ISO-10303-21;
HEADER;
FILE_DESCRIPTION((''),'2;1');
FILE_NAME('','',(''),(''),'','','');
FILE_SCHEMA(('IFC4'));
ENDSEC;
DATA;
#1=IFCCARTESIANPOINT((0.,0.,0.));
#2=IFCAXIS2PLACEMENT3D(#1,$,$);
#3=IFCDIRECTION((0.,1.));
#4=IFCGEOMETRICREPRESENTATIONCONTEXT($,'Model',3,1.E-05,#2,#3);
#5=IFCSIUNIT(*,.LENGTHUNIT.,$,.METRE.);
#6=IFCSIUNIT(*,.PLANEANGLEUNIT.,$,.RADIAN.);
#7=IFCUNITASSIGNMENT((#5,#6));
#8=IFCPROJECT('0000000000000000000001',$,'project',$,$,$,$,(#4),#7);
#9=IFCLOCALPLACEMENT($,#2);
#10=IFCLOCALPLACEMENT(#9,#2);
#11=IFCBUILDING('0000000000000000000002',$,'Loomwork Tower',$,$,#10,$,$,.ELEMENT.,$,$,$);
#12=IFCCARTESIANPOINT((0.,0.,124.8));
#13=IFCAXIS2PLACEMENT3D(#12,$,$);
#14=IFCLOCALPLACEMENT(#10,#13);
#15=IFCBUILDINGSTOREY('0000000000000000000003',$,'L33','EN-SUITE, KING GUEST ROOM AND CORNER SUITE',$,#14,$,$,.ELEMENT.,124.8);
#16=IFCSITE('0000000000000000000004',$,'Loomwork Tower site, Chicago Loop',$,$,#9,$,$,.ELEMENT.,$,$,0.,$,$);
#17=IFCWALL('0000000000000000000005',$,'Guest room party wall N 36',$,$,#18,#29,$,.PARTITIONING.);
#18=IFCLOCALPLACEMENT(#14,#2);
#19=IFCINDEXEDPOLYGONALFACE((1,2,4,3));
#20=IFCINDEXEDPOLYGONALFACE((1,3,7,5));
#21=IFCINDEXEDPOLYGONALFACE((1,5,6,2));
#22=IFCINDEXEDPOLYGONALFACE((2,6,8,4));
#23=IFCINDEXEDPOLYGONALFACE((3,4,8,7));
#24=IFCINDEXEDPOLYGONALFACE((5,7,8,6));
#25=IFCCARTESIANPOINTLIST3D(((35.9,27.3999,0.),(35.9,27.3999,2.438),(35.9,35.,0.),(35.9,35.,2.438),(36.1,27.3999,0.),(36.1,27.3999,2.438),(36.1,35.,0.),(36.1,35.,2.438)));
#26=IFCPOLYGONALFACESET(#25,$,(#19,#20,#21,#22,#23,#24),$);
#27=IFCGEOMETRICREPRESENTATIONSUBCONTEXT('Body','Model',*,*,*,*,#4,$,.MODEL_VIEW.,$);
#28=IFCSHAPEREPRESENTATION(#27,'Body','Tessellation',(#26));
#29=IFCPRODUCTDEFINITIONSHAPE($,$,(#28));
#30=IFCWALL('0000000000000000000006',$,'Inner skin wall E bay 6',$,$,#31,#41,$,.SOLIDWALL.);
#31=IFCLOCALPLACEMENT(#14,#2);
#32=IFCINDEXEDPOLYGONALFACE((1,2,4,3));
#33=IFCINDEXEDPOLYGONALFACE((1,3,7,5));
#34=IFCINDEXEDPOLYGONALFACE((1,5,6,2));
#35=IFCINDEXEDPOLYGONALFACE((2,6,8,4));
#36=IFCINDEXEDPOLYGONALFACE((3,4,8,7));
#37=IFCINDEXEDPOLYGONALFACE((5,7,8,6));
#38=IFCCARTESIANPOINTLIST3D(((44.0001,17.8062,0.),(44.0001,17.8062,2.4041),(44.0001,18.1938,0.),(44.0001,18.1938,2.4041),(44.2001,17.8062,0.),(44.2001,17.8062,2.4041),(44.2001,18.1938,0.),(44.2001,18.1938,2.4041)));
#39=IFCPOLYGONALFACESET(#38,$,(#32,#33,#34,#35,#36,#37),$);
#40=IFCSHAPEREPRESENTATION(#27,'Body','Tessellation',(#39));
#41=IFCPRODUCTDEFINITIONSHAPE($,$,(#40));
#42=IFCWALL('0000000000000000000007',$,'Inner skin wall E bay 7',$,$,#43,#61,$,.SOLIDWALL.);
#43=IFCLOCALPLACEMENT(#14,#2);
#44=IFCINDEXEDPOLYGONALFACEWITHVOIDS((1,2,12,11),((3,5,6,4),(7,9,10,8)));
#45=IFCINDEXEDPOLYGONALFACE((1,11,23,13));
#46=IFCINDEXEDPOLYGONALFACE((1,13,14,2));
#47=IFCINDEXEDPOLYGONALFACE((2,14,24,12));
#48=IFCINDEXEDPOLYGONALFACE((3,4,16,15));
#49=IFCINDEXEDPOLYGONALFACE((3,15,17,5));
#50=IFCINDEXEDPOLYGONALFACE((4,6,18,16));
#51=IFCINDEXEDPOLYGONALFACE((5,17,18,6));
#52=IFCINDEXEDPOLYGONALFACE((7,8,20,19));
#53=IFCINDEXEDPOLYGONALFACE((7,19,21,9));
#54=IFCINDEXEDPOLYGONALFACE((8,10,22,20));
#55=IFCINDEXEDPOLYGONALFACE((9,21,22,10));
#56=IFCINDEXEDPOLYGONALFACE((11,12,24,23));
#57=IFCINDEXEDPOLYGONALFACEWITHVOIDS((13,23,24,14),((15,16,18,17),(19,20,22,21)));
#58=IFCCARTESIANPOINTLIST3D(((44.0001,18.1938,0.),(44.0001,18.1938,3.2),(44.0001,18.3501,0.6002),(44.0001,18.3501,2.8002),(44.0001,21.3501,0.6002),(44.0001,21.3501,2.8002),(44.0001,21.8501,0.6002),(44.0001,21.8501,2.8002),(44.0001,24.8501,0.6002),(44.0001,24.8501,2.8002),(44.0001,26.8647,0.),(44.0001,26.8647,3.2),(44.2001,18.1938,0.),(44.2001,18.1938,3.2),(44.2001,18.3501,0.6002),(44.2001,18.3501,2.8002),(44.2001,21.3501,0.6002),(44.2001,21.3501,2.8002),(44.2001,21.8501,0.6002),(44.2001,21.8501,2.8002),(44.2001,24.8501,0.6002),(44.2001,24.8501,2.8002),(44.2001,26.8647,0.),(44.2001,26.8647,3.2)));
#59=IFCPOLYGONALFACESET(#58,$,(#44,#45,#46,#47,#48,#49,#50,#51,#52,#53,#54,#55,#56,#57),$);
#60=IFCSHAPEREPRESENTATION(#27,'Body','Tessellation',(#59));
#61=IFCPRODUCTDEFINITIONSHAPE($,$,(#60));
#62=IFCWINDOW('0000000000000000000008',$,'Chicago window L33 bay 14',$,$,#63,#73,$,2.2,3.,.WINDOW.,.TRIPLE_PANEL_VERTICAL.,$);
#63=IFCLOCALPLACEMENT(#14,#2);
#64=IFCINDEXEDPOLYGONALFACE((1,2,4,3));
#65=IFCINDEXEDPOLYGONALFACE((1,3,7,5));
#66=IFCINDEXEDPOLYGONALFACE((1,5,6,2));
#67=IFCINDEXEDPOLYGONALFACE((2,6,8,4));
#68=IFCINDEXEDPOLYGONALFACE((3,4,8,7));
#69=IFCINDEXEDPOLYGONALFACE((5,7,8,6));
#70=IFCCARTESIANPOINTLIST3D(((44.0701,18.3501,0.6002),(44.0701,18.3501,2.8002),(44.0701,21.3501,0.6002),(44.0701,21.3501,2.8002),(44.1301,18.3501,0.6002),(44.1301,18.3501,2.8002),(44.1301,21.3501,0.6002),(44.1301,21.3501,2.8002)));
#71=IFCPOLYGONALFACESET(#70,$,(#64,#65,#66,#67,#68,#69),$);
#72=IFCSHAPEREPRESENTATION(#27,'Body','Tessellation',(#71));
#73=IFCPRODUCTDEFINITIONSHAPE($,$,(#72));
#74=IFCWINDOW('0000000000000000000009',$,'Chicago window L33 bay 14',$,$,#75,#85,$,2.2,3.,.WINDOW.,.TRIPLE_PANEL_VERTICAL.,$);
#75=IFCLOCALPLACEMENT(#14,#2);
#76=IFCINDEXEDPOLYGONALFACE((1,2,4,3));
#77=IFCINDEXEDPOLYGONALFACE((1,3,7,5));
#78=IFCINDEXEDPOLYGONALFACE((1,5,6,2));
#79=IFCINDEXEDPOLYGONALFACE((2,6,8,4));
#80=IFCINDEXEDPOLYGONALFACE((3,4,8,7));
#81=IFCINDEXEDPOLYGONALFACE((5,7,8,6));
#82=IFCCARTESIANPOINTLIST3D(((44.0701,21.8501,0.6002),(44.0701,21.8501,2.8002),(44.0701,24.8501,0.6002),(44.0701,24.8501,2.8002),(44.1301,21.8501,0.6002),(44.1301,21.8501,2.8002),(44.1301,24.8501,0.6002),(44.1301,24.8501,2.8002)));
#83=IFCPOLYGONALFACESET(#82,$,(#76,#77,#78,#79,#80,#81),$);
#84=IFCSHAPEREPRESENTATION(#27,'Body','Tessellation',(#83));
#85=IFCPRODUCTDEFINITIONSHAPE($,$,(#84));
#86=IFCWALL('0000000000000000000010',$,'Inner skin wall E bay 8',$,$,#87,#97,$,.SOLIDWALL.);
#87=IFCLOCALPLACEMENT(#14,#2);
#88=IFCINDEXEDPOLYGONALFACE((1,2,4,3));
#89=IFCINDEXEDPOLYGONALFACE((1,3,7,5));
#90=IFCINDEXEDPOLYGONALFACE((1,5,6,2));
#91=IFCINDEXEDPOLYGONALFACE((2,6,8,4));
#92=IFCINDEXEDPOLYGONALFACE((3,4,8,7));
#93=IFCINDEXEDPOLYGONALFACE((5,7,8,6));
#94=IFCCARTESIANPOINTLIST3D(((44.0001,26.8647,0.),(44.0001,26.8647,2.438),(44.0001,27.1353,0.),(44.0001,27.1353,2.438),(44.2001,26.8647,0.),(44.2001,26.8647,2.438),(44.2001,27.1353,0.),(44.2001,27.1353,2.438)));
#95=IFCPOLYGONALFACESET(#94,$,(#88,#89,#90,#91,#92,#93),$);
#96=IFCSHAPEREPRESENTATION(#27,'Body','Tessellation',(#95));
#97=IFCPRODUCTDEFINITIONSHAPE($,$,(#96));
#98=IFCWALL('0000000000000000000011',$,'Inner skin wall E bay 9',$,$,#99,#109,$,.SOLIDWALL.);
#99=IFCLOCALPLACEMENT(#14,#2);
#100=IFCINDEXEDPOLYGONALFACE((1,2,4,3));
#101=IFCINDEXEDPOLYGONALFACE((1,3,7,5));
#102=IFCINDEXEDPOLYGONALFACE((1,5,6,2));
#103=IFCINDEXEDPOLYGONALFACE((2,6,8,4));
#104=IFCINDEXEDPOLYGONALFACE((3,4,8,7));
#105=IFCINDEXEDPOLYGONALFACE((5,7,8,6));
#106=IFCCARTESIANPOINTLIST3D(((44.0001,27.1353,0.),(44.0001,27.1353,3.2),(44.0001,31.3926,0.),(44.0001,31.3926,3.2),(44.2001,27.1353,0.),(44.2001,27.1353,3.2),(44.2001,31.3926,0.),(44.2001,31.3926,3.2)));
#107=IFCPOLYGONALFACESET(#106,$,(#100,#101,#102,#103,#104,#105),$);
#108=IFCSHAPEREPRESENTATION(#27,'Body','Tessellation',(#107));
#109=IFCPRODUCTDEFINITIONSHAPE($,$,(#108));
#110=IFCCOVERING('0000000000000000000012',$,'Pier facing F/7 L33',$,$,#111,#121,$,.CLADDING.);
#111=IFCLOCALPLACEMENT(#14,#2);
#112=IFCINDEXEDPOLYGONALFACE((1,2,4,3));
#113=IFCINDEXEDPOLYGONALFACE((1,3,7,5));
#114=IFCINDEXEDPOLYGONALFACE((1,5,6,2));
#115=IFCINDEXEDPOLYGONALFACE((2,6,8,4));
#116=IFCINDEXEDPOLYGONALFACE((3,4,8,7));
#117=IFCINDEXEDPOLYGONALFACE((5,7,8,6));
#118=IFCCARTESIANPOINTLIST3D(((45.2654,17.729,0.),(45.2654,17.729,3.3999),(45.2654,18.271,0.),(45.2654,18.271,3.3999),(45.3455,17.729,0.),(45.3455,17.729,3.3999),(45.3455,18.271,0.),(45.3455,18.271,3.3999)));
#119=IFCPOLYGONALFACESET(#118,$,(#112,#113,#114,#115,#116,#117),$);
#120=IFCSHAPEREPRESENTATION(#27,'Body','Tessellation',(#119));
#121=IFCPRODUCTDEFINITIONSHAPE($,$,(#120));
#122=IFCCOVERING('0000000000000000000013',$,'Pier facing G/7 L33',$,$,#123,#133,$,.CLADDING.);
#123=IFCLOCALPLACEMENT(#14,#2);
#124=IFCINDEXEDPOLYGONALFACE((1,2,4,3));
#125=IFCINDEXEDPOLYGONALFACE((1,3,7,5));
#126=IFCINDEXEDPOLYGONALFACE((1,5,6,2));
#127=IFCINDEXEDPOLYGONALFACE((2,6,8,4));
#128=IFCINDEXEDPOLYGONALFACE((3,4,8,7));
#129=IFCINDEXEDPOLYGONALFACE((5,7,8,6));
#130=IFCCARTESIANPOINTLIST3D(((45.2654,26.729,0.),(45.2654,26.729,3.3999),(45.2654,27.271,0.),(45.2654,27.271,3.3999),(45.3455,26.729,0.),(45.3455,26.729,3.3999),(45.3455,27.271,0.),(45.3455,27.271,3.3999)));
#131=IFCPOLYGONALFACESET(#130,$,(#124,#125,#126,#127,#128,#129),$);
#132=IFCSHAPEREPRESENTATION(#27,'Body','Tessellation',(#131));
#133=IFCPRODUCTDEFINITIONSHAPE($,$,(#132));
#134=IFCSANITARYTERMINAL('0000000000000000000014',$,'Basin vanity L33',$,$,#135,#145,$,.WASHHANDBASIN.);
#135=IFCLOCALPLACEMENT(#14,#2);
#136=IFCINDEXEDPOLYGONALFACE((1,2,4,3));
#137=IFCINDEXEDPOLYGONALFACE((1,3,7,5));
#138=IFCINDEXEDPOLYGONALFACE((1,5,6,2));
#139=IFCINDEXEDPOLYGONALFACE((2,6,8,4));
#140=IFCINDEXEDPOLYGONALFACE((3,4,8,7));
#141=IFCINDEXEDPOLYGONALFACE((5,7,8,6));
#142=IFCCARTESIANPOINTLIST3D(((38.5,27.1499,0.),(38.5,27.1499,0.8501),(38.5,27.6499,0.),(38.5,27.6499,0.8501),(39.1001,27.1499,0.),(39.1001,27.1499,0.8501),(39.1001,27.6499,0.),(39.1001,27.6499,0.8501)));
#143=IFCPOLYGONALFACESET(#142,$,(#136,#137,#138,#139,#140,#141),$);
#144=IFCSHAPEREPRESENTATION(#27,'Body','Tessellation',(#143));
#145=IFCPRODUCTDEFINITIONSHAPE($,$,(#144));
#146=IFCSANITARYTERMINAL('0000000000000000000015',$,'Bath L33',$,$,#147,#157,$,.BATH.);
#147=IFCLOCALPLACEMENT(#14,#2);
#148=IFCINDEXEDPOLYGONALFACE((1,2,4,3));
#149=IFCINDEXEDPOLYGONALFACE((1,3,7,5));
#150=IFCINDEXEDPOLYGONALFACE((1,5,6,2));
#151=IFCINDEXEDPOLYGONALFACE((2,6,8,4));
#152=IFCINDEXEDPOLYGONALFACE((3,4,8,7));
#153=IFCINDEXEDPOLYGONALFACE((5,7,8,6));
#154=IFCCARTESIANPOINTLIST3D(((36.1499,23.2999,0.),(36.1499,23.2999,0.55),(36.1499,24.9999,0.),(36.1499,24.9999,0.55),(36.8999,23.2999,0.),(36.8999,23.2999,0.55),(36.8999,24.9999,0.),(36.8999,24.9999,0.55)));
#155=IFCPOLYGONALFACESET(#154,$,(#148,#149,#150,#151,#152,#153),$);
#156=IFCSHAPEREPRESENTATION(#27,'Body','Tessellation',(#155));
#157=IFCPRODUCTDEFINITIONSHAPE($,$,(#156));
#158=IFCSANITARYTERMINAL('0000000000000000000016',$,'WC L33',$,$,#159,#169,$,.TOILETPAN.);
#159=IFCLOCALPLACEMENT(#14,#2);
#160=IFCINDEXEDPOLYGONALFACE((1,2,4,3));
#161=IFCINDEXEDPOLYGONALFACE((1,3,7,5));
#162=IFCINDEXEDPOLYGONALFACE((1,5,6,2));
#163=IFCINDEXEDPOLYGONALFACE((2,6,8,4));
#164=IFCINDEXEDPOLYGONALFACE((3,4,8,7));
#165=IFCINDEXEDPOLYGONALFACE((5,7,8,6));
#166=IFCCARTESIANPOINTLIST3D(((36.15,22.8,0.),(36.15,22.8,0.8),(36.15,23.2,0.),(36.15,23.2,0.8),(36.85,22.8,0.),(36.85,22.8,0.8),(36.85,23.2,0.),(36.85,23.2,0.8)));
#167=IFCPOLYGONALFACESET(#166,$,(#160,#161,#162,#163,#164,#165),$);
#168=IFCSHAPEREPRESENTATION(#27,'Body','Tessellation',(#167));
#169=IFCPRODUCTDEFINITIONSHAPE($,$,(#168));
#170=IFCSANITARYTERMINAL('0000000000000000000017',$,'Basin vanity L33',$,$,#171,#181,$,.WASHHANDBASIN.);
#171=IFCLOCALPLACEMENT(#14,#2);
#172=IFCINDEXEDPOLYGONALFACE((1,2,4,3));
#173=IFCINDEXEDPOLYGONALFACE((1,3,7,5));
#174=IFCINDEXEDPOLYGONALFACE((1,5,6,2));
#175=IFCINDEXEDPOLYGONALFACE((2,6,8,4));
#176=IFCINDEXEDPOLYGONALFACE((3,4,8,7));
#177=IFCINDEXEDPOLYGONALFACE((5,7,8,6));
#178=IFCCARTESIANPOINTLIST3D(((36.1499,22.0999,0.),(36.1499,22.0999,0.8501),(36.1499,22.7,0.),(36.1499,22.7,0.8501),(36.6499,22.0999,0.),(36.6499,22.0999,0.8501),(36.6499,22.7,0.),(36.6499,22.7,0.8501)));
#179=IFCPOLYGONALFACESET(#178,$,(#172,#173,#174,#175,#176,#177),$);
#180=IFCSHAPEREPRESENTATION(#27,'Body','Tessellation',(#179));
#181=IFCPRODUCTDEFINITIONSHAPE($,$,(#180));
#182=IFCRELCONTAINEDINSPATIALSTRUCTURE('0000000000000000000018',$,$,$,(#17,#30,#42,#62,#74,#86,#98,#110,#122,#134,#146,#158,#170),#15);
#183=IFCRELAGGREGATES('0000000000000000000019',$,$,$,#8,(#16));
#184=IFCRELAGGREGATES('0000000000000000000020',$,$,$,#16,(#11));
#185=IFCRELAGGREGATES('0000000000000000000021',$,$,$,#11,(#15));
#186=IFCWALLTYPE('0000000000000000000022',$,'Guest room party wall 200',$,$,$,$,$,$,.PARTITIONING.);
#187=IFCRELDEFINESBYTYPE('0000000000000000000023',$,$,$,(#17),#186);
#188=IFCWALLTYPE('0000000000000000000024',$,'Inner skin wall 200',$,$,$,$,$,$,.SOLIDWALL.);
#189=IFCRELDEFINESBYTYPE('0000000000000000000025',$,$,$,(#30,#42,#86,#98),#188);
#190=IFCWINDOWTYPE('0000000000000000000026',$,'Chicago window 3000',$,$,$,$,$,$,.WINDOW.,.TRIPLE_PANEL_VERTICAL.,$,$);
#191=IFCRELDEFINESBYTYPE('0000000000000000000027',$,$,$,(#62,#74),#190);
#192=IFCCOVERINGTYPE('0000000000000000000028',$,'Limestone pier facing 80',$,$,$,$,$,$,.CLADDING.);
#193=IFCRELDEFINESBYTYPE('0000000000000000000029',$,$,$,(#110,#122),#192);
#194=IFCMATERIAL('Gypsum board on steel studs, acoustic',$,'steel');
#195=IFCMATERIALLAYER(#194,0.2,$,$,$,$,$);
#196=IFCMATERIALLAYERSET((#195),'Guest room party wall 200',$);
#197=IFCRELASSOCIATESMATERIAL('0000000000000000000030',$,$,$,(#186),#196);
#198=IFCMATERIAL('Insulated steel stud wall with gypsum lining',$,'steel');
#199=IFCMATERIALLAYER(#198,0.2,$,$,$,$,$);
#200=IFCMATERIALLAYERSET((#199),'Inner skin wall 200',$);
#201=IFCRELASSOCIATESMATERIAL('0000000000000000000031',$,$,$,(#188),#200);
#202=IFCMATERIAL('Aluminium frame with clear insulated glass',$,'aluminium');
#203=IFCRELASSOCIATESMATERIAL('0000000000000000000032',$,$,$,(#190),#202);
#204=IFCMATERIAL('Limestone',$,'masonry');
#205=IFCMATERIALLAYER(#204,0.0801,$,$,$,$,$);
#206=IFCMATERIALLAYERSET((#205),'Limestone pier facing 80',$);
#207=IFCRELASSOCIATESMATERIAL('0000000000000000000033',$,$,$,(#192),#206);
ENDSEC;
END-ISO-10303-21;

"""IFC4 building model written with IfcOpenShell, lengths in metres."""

from ifc_helpers import new_model, si_unit, direction, frame, frame_2d, origin, origin_2d, place, context, subcontext, project, spatial, rectangle, extrude, material, layer, layer_set, type_object, element, fill, save


model = new_model("IFC4")

# Units and contexts
model_context = context("Model", 3, precision=1e-05, world=origin(), true_north=direction((0.0, 1.0)))
body_context = subcontext(model_context, "Body", "Model", "MODEL_VIEW")
ifc_project = project(units=[si_unit("LENGTHUNIT", "METRE"), si_unit("PLANEANGLEUNIT", "RADIAN")], contexts=[model_context])

# Site, building, storey
site_placement = place(None, origin())
site = spatial("IfcSite", under=ifc_project, at=site_placement, Name="Loomwork Tower site, Chicago Loop", CompositionType="ELEMENT", RefElevation=0.0)
building_placement = place(site_placement, origin())
building = spatial("IfcBuilding", under=site, at=building_placement, Name="Loomwork Tower", CompositionType="ELEMENT")
storey_placement = place(building_placement, frame((0.0, 0.0, 124.8)))
storey = spatial("IfcBuildingStorey", under=building, at=storey_placement, Name="L33", Description="EN-SUITE, KING GUEST ROOM AND CORNER SUITE", CompositionType="ELEMENT", Elevation=124.8)

# Walls
ifc_material_1 = material(Name="Gypsum board on steel studs, acoustic", Category="steel")
ifc_layer_1 = layer(ifc_material_1, 0.2)
ifc_layer_set_1 = layer_set([ifc_layer_1], Name="Guest room party wall 200")
wall_type_1 = type_object("IfcWallType", Name="Guest room party wall 200", PredefinedType="PARTITIONING", material=ifc_layer_set_1)
wall_1_placement = place(storey_placement, frame((36.0, 27.3999, 0.0), z_axis=(0.0, 0.0, 1.0), x_axis=(0.0, 1.0, 0.0)))
element("IfcWall", 1, at=wall_1_placement, inside=storey, type_object=wall_type_1, Name="Guest room party wall N 36", PredefinedType="PARTITIONING", context=body_context, shape_type="SweptSolid", body=[
    extrude(rectangle(XDim=7.6001, YDim=0.2, at=frame_2d((3.8, 0.0))), origin(), (0.0, 0.0, 1.0), 2.438),
])
ifc_material_2 = material(Name="Insulated steel stud wall with gypsum lining", Category="steel")
ifc_layer_2 = layer(ifc_material_2, 0.2)
ifc_layer_set_2 = layer_set([ifc_layer_2], Name="Inner skin wall 200")
wall_type_2 = type_object("IfcWallType", Name="Inner skin wall 200", PredefinedType="SOLIDWALL", material=ifc_layer_set_2)
wall_2_placement = place(storey_placement, frame((44.1001, 17.8062, 0.0), z_axis=(0.0, 0.0, 1.0), x_axis=(0.0, 1.0, 0.0)))
element("IfcWall", 2, at=wall_2_placement, inside=storey, type_object=wall_type_2, Name="Inner skin wall E bay 6", PredefinedType="SOLIDWALL", context=body_context, shape_type="SweptSolid", body=[
    extrude(rectangle(XDim=0.3877, YDim=0.2, at=frame_2d((0.1938, 0.0))), origin(), (0.0, 0.0, 1.0), 2.4041),
])

# Wall, openings, windows
wall_3_placement = place(storey_placement, frame((44.1001, 18.1938, 0.0), z_axis=(0.0, 0.0, 1.0), x_axis=(0.0, 1.0, 0.0)))
wall_3 = element("IfcWall", 3, at=wall_3_placement, inside=storey, type_object=wall_type_2, Name="Inner skin wall E bay 7", PredefinedType="SOLIDWALL", context=body_context, shape_type="SweptSolid", body=[
    extrude(rectangle(XDim=8.6709, YDim=0.2, at=frame_2d((4.3354, 0.0))), origin(), (0.0, 0.0, 1.0), 3.2),
])
opening_1_placement = place(wall_3_placement, frame((0.1562, 0.0, 0.6001)))
opening_1 = element("IfcOpeningElement", 4, at=opening_1_placement, cuts=wall_3, PredefinedType="OPENING", context=body_context, shape_type="SweptSolid", body=[
    extrude(rectangle(XDim=3.0, YDim=2.2, at=frame_2d((1.5, 1.1001))), frame((0.0, 0.1099, 0.0), z_axis=(0.0, -1.0, 0.0), x_axis=(1.0, 0.0, 0.0)), (0.0, 0.0, 1.0), 0.22),
])
opening_2_placement = place(wall_3_placement, frame((3.6562, 0.0, 0.6001)))
opening_2 = element("IfcOpeningElement", 5, at=opening_2_placement, cuts=wall_3, PredefinedType="OPENING", context=body_context, shape_type="SweptSolid", body=[
    extrude(rectangle(XDim=3.0, YDim=2.2, at=frame_2d((1.5, 1.1001))), frame((0.0, 0.1099, 0.0), z_axis=(0.0, -1.0, 0.0), x_axis=(1.0, 0.0, 0.0)), (0.0, 0.0, 1.0), 0.22),
])
ifc_material_3 = material(Name="Aluminium frame with clear insulated glass", Category="aluminium")
window_type = type_object("IfcWindowType", Name="Chicago window 3000", PartitioningType="TRIPLE_PANEL_VERTICAL", PredefinedType="WINDOW", material=ifc_material_3)
window_1_placement = place(opening_1_placement, origin())
window_1 = element("IfcWindow", 6, at=window_1_placement, inside=storey, type_object=window_type, Name="Chicago window L33 bay 14", OverallHeight=2.2, OverallWidth=3.0, PartitioningType="TRIPLE_PANEL_VERTICAL", PredefinedType="WINDOW", context=body_context, shape_type="SweptSolid", body=[
    extrude(rectangle(XDim=3.0, YDim=2.2, at=frame_2d((1.5, 1.1001))), frame((0.0, 0.03, 0.0), z_axis=(0.0, -1.0, 0.0), x_axis=(1.0, 0.0, 0.0)), (0.0, 0.0, 1.0), 0.0601),
])
fill(opening_1, window_1)
window_2_placement = place(opening_2_placement, origin())
window_2 = element("IfcWindow", 7, at=window_2_placement, inside=storey, type_object=window_type, Name="Chicago window L33 bay 14", OverallHeight=2.2, OverallWidth=3.0, PartitioningType="TRIPLE_PANEL_VERTICAL", PredefinedType="WINDOW", context=body_context, shape_type="SweptSolid", body=[
    extrude(rectangle(XDim=3.0, YDim=2.2, at=frame_2d((1.5, 1.1001))), frame((0.0, 0.03, 0.0), z_axis=(0.0, -1.0, 0.0), x_axis=(1.0, 0.0, 0.0)), (0.0, 0.0, 1.0), 0.0601),
])
fill(opening_2, window_2)

# Walls
wall_4_placement = place(storey_placement, frame((44.1001, 26.8647, 0.0), z_axis=(0.0, 0.0, 1.0), x_axis=(0.0, 1.0, 0.0)))
element("IfcWall", 8, at=wall_4_placement, inside=storey, type_object=wall_type_2, Name="Inner skin wall E bay 8", PredefinedType="SOLIDWALL", context=body_context, shape_type="SweptSolid", body=[
    extrude(rectangle(XDim=0.2705, YDim=0.2, at=frame_2d((0.1353, 0.0))), origin(), (0.0, 0.0, 1.0), 2.438),
])
wall_5_placement = place(storey_placement, frame((44.1001, 27.1353, 0.0), z_axis=(0.0, 0.0, 1.0), x_axis=(0.0, 1.0, 0.0)))
element("IfcWall", 9, at=wall_5_placement, inside=storey, type_object=wall_type_2, Name="Inner skin wall E bay 9", PredefinedType="SOLIDWALL", context=body_context, shape_type="SweptSolid", body=[
    extrude(rectangle(XDim=4.2573, YDim=0.2, at=frame_2d((2.1287, 0.0))), origin(), (0.0, 0.0, 1.0), 3.2),
])

# Coverings
ifc_material_4 = material(Name="Limestone", Category="masonry")
ifc_layer_3 = layer(ifc_material_4, 0.0801)
ifc_layer_set_3 = layer_set([ifc_layer_3], Name="Limestone pier facing 80")
covering_type = type_object("IfcCoveringType", Name="Limestone pier facing 80", PredefinedType="CLADDING", material=ifc_layer_set_3)
for number, where, z_axis, x_axis, name in (
    (10, (45.3054, 18.0, 0.0), (0.0, 0.0, 1.0), (1.0, 0.0, 0.0), "Pier facing F/7 L33"),
    (11, (45.3054, 27.0, 0.0), (0.0, 0.0, 1.0), (1.0, 0.0, 0.0), "Pier facing G/7 L33"),
):
    element("IfcCovering", number, at=place(storey_placement, frame(where, z_axis=z_axis, x_axis=x_axis)), inside=storey, type_object=covering_type, Name=name, PredefinedType="CLADDING", context=body_context, shape_type="SweptSolid", body=[
        extrude(rectangle(XDim=0.0801, YDim=0.542, at=origin_2d()), origin(), (0.0, 0.0, 1.0), 3.3999),
    ])

# Sanitary terminals
sanitary_terminal_1_placement = place(storey_placement, frame((38.8, 27.3999, 0.0), z_axis=(0.0, 0.0, 1.0), x_axis=(1.0, 0.0, 0.0)))
element("IfcSanitaryTerminal", 12, at=sanitary_terminal_1_placement, inside=storey, Name="Basin vanity L33", PredefinedType="WASHHANDBASIN", context=body_context, shape_type="SweptSolid", body=[
    extrude(rectangle(XDim=0.6001, YDim=0.5, at=origin_2d()), origin(), (0.0, 0.0, 1.0), 0.8501),
])
sanitary_terminal_2_placement = place(storey_placement, frame((36.5249, 24.1499, 0.0), z_axis=(0.0, 0.0, 1.0), x_axis=(1.0, 0.0, 0.0)))
element("IfcSanitaryTerminal", 13, at=sanitary_terminal_2_placement, inside=storey, Name="Bath L33", PredefinedType="BATH", context=body_context, shape_type="SweptSolid", body=[
    extrude(rectangle(XDim=0.75, YDim=1.7, at=origin_2d()), origin(), (0.0, 0.0, 1.0), 0.55),
])
sanitary_terminal_3_placement = place(storey_placement, frame((36.5, 23.0, 0.0), z_axis=(0.0, 0.0, 1.0), x_axis=(1.0, 0.0, 0.0)))
element("IfcSanitaryTerminal", 14, at=sanitary_terminal_3_placement, inside=storey, Name="WC L33", PredefinedType="TOILETPAN", context=body_context, shape_type="SweptSolid", body=[
    extrude(rectangle(XDim=0.7, YDim=0.3999, at=origin_2d()), origin(), (0.0, 0.0, 1.0), 0.8),
])
sanitary_terminal_4_placement = place(storey_placement, frame((36.3999, 22.3999, 0.0), z_axis=(0.0, 0.0, 1.0), x_axis=(1.0, 0.0, 0.0)))
element("IfcSanitaryTerminal", 15, at=sanitary_terminal_4_placement, inside=storey, Name="Basin vanity L33", PredefinedType="WASHHANDBASIN", context=body_context, shape_type="SweptSolid", body=[
    extrude(rectangle(XDim=0.5, YDim=0.6001, at=origin_2d()), origin(), (0.0, 0.0, 1.0), 0.8501),
])

save(model, "model.ifc")
